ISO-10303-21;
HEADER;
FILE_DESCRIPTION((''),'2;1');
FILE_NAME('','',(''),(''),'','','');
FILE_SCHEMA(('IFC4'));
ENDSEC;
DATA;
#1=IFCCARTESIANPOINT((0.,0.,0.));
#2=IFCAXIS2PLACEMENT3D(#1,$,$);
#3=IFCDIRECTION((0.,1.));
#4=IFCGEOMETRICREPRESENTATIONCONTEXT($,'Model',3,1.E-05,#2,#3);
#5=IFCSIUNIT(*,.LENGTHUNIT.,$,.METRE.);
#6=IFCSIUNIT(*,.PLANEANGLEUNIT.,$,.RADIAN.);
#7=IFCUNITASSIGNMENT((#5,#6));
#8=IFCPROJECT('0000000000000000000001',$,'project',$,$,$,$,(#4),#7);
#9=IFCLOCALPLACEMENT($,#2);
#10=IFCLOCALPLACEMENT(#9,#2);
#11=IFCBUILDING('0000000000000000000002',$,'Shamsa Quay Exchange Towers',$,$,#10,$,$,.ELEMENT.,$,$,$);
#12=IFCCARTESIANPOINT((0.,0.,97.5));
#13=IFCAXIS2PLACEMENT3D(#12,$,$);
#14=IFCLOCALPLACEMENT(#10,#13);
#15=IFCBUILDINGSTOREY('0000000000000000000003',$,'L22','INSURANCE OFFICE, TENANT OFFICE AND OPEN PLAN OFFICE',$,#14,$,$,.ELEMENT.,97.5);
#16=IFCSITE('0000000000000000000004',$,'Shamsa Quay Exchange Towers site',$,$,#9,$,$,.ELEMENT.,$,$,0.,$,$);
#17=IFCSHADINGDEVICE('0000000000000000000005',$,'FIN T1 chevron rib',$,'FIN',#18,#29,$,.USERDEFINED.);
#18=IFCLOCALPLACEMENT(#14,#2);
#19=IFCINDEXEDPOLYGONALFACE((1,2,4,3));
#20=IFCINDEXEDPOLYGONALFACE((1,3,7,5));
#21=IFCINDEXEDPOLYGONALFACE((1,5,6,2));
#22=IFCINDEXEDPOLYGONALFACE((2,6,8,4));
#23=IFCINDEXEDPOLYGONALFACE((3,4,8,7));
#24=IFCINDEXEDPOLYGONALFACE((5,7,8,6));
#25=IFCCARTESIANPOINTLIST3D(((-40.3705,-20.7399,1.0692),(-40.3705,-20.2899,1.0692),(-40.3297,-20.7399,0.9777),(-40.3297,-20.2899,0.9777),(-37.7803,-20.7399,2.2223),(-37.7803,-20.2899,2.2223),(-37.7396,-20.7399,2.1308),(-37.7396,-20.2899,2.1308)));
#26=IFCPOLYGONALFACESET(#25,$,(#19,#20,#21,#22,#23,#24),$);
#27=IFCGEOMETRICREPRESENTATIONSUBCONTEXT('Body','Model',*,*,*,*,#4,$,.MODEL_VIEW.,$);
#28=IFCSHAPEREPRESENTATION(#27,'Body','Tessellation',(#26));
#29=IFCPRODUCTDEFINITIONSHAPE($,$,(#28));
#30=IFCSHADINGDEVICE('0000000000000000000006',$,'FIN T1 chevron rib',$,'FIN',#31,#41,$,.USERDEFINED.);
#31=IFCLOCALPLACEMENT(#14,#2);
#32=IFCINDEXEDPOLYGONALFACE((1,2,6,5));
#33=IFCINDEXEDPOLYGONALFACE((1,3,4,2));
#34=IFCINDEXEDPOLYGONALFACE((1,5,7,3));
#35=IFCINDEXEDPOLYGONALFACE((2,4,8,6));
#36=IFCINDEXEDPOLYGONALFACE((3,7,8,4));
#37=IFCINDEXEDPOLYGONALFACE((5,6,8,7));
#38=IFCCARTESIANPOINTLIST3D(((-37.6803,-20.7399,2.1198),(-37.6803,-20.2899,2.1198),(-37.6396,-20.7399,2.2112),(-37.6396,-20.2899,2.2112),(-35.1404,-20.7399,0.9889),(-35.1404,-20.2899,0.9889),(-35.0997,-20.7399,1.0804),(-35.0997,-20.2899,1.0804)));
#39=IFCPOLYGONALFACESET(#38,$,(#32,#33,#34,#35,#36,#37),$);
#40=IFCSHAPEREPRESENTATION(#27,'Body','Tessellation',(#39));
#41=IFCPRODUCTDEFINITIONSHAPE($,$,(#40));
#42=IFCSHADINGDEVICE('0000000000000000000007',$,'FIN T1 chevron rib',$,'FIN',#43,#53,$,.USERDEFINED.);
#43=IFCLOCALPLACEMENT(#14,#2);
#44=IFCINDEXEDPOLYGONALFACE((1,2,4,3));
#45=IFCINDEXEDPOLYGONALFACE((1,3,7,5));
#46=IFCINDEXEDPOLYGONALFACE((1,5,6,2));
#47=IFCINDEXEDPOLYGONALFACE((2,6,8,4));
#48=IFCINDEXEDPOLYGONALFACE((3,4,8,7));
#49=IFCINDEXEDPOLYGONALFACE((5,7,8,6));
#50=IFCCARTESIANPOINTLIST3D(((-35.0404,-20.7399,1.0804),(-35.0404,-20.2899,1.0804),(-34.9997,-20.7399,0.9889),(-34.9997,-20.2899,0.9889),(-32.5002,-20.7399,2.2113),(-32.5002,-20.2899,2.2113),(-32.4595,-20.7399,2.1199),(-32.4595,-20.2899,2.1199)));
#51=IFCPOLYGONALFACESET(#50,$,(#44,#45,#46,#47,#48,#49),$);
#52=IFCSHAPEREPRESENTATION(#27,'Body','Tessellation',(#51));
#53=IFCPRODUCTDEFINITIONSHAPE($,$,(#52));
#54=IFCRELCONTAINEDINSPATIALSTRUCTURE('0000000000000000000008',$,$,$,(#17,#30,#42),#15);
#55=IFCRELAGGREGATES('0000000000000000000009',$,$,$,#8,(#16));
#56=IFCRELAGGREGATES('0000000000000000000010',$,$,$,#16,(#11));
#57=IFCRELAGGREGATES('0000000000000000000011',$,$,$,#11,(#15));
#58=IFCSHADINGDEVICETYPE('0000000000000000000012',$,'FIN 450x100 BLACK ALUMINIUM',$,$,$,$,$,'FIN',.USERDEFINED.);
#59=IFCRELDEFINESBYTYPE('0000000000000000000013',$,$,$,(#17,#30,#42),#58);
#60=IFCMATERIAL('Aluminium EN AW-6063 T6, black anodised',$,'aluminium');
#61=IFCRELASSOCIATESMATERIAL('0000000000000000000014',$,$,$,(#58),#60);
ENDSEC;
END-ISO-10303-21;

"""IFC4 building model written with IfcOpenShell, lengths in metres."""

from ifc_helpers import new_model, si_unit, direction, frame, origin, origin_2d, place, context, subcontext, project, spatial, rectangle, extrude, material, material_profile, profile_set, type_object, element, save


model = new_model("IFC4")

# Units and contexts
model_context = context("Model", 3, precision=1e-05, world=origin(), true_north=direction((0.0, 1.0)))
body_context = subcontext(model_context, "Body", "Model", "MODEL_VIEW")
ifc_project = project(units=[si_unit("LENGTHUNIT", "METRE"), si_unit("PLANEANGLEUNIT", "RADIAN")], contexts=[model_context])

# Site, building, storey
site_placement = place(None, origin())
site = spatial("IfcSite", under=ifc_project, at=site_placement, Name="Shamsa Quay Exchange Towers site", CompositionType="ELEMENT", RefElevation=0.0)
building_placement = place(site_placement, origin())
building = spatial("IfcBuilding", under=site, at=building_placement, Name="Shamsa Quay Exchange Towers", CompositionType="ELEMENT")
storey_placement = place(building_placement, frame((0.0, 0.0, 97.5)))
storey = spatial("IfcBuildingStorey", under=building, at=storey_placement, Name="L22", Description="INSURANCE OFFICE, TENANT OFFICE AND OPEN PLAN OFFICE", CompositionType="ELEMENT", Elevation=97.5)

# Shared definitions
ifc_material_1 = material(Name="Aluminium EN AW-6063 T6, black anodised", Category="aluminium")

# Shading devices
ifc_material_profile_1 = material_profile(ifc_material_1, rectangle(XDim=0.45, YDim=0.1001, at=origin_2d()), Name="FIN450x100")
ifc_profile_set_1 = profile_set([ifc_material_profile_1], Name="Aluminium EN AW-6063 T6, black anodised")
shading_device_type = type_object("IfcShadingDeviceType", Name="FIN 450x100 BLACK ALUMINIUM", ElementType="FIN", PredefinedType="USERDEFINED", material=ifc_profile_set_1)
shading_device_1_placement = place(storey_placement, frame((-40.3501, -20.5149, 1.0234), z_axis=(0.913559, 0.0, 0.406706), x_axis=(0.0, 1.0, 0.0)))
element("IfcShadingDevice", 1, at=shading_device_1_placement, inside=storey, type_object=shading_device_type, Name="FIN T1 chevron rib", ObjectType="FIN", PredefinedType="USERDEFINED", context=body_context, shape_type="SweptSolid", body=[
    extrude(rectangle(XDim=0.45, YDim=0.1001, at=origin_2d()), origin(), (0.0, 0.0, 1.0), 2.8352),
])
shading_device_2_placement = place(storey_placement, frame((-37.6599, -20.5149, 2.1655), z_axis=(0.913536, 0.0, -0.406758), x_axis=(0.0, 1.0, 0.0)))
element("IfcShadingDevice", 2, at=shading_device_2_placement, inside=storey, type_object=shading_device_type, Name="FIN T1 chevron rib", ObjectType="FIN", PredefinedType="USERDEFINED", context=body_context, shape_type="SweptSolid", body=[
    extrude(rectangle(XDim=0.45, YDim=0.1001, at=origin_2d()), origin(), (0.0, 0.0, 1.0), 2.7803),
])
shading_device_3_placement = place(storey_placement, frame((-35.02, -20.5149, 1.0347), z_axis=(0.913551, 0.0, 0.406725), x_axis=(0.0, 1.0, 0.0)))
element("IfcShadingDevice", 3, at=shading_device_3_placement, inside=storey, type_object=shading_device_type, Name="FIN T1 chevron rib", ObjectType="FIN", PredefinedType="USERDEFINED", context=body_context, shape_type="SweptSolid", body=[
    extrude(rectangle(XDim=0.45, YDim=0.1001, at=origin_2d()), origin(), (0.0, 0.0, 1.0), 2.7805),
])

save(model, "model.ifc")
